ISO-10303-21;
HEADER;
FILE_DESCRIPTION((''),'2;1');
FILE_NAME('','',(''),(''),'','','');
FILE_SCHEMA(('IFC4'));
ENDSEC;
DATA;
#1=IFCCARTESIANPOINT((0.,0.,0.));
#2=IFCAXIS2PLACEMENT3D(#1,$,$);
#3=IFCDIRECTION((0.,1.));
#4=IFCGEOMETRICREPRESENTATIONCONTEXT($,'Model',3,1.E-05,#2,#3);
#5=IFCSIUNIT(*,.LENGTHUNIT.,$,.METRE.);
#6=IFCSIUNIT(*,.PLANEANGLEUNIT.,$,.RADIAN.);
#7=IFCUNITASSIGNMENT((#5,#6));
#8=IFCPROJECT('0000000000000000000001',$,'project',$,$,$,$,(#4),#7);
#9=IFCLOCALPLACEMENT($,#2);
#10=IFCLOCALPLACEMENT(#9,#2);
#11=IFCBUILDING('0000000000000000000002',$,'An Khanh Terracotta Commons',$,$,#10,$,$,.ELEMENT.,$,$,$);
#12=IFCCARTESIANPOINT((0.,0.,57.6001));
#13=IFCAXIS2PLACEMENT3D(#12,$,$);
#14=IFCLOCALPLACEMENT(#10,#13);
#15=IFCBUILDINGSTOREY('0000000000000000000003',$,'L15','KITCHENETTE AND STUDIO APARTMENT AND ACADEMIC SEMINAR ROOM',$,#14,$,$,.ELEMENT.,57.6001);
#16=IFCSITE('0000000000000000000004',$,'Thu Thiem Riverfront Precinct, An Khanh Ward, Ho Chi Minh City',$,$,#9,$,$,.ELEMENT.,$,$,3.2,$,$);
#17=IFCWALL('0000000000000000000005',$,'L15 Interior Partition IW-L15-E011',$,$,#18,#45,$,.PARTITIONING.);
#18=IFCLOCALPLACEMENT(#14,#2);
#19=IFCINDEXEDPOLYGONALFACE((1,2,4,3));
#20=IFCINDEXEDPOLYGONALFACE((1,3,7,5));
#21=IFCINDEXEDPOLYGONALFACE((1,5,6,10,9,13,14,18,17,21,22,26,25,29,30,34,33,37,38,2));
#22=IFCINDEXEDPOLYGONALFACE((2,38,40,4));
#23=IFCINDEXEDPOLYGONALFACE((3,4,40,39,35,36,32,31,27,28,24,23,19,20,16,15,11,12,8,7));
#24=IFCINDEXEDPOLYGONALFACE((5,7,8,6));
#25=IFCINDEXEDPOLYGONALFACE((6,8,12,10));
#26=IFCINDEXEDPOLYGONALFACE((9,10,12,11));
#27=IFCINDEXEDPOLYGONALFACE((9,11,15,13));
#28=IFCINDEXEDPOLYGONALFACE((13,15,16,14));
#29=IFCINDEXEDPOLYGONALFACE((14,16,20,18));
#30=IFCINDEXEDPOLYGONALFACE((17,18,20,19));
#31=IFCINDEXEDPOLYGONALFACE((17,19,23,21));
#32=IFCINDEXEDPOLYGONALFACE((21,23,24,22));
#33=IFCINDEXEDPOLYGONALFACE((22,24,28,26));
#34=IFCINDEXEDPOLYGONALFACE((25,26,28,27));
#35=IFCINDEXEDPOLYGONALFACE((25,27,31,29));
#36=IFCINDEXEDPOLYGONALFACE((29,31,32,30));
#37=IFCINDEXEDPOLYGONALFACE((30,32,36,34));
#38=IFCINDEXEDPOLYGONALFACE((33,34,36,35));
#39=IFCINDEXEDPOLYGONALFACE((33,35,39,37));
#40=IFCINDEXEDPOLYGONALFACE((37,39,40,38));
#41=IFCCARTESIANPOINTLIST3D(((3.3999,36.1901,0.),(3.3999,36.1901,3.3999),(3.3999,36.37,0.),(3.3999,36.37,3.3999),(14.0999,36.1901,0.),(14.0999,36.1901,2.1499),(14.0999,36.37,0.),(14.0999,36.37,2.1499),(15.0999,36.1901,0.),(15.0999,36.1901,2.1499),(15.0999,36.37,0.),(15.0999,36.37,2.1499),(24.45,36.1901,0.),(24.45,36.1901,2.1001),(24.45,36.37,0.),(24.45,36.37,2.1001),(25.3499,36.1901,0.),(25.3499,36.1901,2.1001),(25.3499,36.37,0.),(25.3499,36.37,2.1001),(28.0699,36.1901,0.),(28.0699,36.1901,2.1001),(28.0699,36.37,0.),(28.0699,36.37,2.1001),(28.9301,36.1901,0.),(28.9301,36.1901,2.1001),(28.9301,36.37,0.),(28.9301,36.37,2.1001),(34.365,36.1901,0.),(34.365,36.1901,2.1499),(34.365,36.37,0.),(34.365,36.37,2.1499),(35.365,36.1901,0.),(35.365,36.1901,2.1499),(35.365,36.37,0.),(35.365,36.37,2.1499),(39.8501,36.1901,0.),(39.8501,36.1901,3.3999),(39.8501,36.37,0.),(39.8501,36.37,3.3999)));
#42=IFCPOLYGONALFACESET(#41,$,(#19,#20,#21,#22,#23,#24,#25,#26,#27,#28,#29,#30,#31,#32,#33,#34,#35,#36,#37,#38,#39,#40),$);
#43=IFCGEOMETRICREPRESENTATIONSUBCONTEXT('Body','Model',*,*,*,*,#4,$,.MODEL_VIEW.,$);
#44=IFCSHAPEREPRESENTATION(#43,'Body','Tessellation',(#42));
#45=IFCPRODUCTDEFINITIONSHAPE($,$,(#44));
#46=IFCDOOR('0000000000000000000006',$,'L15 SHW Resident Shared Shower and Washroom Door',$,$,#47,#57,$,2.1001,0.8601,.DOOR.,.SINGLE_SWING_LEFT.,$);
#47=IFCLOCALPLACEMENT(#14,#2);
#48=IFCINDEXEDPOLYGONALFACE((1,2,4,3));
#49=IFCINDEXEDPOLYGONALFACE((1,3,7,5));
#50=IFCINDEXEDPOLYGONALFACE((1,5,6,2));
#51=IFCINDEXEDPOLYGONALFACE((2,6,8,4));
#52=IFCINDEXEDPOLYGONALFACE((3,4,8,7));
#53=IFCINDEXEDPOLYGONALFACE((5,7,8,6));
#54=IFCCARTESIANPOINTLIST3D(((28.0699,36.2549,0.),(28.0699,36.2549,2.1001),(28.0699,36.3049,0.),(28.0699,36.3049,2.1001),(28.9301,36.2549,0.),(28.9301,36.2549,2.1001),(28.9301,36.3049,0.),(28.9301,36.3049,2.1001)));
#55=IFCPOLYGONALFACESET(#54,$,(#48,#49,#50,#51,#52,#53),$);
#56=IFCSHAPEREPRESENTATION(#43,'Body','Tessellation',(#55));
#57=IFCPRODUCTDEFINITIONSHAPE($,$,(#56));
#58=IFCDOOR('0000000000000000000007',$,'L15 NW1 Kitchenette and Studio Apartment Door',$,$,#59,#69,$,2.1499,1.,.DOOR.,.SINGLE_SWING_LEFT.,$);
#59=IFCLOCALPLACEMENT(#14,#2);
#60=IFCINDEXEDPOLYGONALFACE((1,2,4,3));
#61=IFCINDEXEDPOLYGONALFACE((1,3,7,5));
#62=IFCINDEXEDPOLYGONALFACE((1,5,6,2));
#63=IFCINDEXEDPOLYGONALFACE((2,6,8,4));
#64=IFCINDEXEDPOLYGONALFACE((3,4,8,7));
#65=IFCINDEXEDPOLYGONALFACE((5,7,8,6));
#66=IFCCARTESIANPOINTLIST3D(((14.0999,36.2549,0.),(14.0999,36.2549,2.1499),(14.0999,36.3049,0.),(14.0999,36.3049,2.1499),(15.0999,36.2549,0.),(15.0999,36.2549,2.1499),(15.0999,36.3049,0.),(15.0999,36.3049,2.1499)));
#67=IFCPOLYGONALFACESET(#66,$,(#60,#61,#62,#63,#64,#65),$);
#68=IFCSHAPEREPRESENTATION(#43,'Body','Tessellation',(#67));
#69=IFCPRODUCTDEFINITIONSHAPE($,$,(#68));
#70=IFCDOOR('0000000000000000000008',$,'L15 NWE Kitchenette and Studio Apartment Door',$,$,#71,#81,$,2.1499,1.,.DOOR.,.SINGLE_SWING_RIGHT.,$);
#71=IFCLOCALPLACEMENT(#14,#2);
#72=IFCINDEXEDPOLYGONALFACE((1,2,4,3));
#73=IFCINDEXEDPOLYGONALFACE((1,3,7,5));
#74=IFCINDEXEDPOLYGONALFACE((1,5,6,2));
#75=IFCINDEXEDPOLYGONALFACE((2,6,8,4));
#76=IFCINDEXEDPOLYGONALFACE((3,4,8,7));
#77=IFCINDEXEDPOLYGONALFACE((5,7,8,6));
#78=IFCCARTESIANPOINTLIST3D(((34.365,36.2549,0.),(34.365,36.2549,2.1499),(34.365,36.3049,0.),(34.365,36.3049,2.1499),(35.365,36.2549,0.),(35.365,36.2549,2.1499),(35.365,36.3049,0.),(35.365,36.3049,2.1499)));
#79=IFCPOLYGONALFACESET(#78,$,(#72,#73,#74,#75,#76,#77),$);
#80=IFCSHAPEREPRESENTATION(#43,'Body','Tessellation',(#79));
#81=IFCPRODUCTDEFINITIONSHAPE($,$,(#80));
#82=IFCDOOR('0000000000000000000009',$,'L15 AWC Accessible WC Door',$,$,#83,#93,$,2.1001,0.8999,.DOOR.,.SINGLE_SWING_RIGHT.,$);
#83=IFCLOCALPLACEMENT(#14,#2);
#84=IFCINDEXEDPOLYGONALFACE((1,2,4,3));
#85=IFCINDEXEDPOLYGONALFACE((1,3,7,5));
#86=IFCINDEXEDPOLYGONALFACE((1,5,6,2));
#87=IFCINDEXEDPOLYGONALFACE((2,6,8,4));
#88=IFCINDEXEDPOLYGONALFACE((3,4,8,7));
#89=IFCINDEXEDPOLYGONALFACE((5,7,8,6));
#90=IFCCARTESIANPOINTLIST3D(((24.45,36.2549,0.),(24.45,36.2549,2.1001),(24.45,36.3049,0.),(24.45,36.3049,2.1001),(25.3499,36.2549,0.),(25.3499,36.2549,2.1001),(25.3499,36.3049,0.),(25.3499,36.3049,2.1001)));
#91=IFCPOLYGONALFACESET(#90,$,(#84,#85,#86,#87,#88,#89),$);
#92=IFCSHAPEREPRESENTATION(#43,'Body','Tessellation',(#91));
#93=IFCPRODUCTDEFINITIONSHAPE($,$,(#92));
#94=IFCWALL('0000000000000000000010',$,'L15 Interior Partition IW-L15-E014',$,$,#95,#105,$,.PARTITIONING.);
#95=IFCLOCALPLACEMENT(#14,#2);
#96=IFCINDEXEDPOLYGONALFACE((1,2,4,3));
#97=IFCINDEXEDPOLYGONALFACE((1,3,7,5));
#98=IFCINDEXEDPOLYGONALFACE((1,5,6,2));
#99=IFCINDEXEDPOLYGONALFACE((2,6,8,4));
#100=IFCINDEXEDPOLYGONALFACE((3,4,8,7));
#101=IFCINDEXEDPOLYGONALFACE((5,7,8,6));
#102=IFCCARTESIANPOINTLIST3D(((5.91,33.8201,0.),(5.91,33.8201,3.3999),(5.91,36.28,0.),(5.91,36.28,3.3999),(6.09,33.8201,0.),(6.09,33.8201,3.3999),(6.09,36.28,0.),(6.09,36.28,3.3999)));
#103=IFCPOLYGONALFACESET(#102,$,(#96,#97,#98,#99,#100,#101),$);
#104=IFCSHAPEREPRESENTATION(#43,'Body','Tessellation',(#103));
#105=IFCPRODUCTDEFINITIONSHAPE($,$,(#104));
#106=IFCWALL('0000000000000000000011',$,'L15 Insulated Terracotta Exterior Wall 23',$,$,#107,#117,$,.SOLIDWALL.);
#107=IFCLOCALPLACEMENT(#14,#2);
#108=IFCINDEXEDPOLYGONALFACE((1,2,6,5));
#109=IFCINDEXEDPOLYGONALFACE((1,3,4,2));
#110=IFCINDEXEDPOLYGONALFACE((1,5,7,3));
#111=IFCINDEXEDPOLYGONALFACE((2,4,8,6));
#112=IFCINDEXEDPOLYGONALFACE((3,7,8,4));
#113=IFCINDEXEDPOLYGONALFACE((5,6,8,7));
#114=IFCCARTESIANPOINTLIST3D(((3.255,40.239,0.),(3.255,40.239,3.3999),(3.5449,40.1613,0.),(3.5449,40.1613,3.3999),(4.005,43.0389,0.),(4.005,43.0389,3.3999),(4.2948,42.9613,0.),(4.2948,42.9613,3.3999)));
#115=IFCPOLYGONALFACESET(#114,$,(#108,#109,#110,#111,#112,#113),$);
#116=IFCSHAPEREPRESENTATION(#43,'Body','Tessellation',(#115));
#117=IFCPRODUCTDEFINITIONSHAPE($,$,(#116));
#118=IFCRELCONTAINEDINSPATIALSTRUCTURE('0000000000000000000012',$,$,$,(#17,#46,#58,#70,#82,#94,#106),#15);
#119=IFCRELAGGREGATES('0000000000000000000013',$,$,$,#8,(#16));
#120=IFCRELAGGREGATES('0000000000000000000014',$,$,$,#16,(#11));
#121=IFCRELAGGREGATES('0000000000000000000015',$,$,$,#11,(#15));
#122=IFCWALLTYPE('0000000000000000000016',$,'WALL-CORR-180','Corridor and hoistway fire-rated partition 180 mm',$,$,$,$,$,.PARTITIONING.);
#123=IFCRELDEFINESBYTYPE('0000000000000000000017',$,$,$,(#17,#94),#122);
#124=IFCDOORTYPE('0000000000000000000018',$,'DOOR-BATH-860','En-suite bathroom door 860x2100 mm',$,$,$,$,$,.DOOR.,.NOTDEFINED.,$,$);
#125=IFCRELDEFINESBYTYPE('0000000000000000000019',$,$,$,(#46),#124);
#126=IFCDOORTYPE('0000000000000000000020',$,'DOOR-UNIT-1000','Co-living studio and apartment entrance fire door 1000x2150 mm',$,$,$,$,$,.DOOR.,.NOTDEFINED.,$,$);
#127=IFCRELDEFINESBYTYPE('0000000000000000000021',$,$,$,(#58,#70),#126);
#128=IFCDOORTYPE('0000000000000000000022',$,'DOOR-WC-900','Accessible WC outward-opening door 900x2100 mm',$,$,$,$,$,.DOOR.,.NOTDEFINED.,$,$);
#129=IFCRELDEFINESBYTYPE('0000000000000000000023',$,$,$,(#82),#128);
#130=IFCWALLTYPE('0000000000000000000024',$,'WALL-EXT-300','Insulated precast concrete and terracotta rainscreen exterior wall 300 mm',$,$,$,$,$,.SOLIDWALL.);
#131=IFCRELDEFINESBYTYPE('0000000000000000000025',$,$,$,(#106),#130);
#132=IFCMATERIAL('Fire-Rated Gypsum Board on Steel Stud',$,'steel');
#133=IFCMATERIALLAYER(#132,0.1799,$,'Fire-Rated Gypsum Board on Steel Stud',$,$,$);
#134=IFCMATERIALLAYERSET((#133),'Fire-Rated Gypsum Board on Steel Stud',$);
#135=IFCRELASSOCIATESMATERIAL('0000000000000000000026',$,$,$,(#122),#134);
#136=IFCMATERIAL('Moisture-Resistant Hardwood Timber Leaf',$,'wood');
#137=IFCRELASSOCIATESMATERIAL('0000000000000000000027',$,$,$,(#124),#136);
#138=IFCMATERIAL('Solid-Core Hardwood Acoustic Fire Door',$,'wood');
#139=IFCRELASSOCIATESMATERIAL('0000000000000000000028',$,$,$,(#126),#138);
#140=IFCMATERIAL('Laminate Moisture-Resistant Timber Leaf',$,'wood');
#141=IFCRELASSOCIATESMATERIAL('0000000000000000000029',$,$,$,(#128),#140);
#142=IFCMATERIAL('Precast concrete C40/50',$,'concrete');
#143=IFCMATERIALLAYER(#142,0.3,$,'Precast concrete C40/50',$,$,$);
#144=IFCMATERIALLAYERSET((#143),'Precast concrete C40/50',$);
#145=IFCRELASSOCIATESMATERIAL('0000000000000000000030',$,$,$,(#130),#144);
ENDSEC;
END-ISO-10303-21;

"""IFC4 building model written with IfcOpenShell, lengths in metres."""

from ifc_helpers import new_model, si_unit, direction, frame, frame_2d, origin, place, context, subcontext, project, spatial, rectangle, extrude, material, layer, layer_set, type_object, element, fill, save


model = new_model("IFC4")

# Units and contexts
model_context = context("Model", 3, precision=1e-05, world=origin(), true_north=direction((0.0, 1.0)))
body_context = subcontext(model_context, "Body", "Model", "MODEL_VIEW")
ifc_project = project(units=[si_unit("LENGTHUNIT", "METRE"), si_unit("PLANEANGLEUNIT", "RADIAN")], contexts=[model_context])

# Site, building, storey
site_placement = place(None, origin())
site = spatial("IfcSite", under=ifc_project, at=site_placement, Name="Thu Thiem Riverfront Precinct, An Khanh Ward, Ho Chi Minh City", CompositionType="ELEMENT", RefElevation=3.2)
building_placement = place(site_placement, origin())
building = spatial("IfcBuilding", under=site, at=building_placement, Name="An Khanh Terracotta Commons", CompositionType="ELEMENT")
storey_placement = place(building_placement, frame((0.0, 0.0, 57.6001)))
storey = spatial("IfcBuildingStorey", under=building, at=storey_placement, Name="L15", Description="KITCHENETTE AND STUDIO APARTMENT AND ACADEMIC SEMINAR ROOM", CompositionType="ELEMENT", Elevation=57.6001)

# Wall, openings, doors
ifc_material_1 = material(Name="Fire-Rated Gypsum Board on Steel Stud", Category="steel")
ifc_layer_1 = layer(ifc_material_1, 0.1799, Name="Fire-Rated Gypsum Board on Steel Stud")
ifc_layer_set_1 = layer_set([ifc_layer_1], Name="Fire-Rated Gypsum Board on Steel Stud")
wall_type_1 = type_object("IfcWallType", Name="WALL-CORR-180", Description="Corridor and hoistway fire-rated partition 180 mm", PredefinedType="PARTITIONING", material=ifc_layer_set_1)
wall_1_placement = place(storey_placement, frame((3.3999, 36.28, 0.0), z_axis=(0.0, 0.0, 1.0), x_axis=(1.0, 0.0, 0.0)))
wall_1 = element("IfcWall", 1, at=wall_1_placement, inside=storey, type_object=wall_type_1, Name="L15 Interior Partition IW-L15-E011", PredefinedType="PARTITIONING", context=body_context, shape_type="SweptSolid", body=[
    extrude(rectangle(XDim=36.4502, YDim=0.1799, at=frame_2d((18.2251, 0.0))), origin(), (0.0, 0.0, 1.0), 3.3999),
])
opening_1_placement = place(wall_1_placement, frame((21.05, 0.0, 0.0)))
opening_1 = element("IfcOpeningElement", 2, at=opening_1_placement, cuts=wall_1, PredefinedType="OPENING", context=body_context, shape_type="SweptSolid", body=[
    extrude(rectangle(XDim=0.8999, YDim=2.1001, at=frame_2d((0.45, 1.05))), frame((0.0, 0.0999, 0.0), z_axis=(0.0, -1.0, 0.0), x_axis=(1.0, 0.0, 0.0)), (0.0, 0.0, 1.0), 0.2),
])
opening_2_placement = place(wall_1_placement, frame((24.6699, 0.0, 0.0)))
opening_2 = element("IfcOpeningElement", 3, at=opening_2_placement, cuts=wall_1, PredefinedType="OPENING", context=body_context, shape_type="SweptSolid", body=[
    extrude(rectangle(XDim=0.8601, YDim=2.1001, at=frame_2d((0.4302, 1.05))), frame((0.0, 0.0999, 0.0), z_axis=(0.0, -1.0, 0.0), x_axis=(1.0, 0.0, 0.0)), (0.0, 0.0, 1.0), 0.2),
])
opening_3_placement = place(wall_1_placement, frame((10.7, 0.0, 0.0)))
opening_3 = element("IfcOpeningElement", 4, at=opening_3_placement, cuts=wall_1, PredefinedType="OPENING", context=body_context, shape_type="SweptSolid", body=[
    extrude(rectangle(XDim=1.0, YDim=2.1499, at=frame_2d((0.5, 1.075))), frame((0.0, 0.0999, 0.0), z_axis=(0.0, -1.0, 0.0), x_axis=(1.0, 0.0, 0.0)), (0.0, 0.0, 1.0), 0.2),
])
opening_4_placement = place(wall_1_placement, frame((30.9651, 0.0, 0.0)))
opening_4 = element("IfcOpeningElement", 5, at=opening_4_placement, cuts=wall_1, PredefinedType="OPENING", context=body_context, shape_type="SweptSolid", body=[
    extrude(rectangle(XDim=1.0, YDim=2.1499, at=frame_2d((0.5, 1.075))), frame((0.0, 0.0999, 0.0), z_axis=(0.0, -1.0, 0.0), x_axis=(1.0, 0.0, 0.0)), (0.0, 0.0, 1.0), 0.2),
])
ifc_material_2 = material(Name="Moisture-Resistant Hardwood Timber Leaf", Category="wood")
door_type_1 = type_object("IfcDoorType", Name="DOOR-BATH-860", Description="En-suite bathroom door 860x2100 mm", OperationType="NOTDEFINED", PredefinedType="DOOR", material=ifc_material_2)
door_1_placement = place(opening_2_placement, origin())
door_1 = element("IfcDoor", 6, at=door_1_placement, inside=storey, type_object=door_type_1, Name="L15 SHW Resident Shared Shower and Washroom Door", OperationType="SINGLE_SWING_LEFT", OverallHeight=2.1001, OverallWidth=0.8601, PredefinedType="DOOR", context=body_context, shape_type="SweptSolid", body=[
    extrude(rectangle(XDim=0.8601, YDim=2.1001, at=frame_2d((0.4302, 1.05))), frame((0.0, 0.0249, 0.0), z_axis=(0.0, -1.0, 0.0), x_axis=(1.0, 0.0, 0.0)), (0.0, 0.0, 1.0), 0.05),
])
fill(opening_2, door_1)
ifc_material_3 = material(Name="Solid-Core Hardwood Acoustic Fire Door", Category="wood")
door_type_2 = type_object("IfcDoorType", Name="DOOR-UNIT-1000", Description="Co-living studio and apartment entrance fire door 1000x2150 mm", OperationType="NOTDEFINED", PredefinedType="DOOR", material=ifc_material_3)
door_2_placement = place(opening_3_placement, origin())
door_2 = element("IfcDoor", 7, at=door_2_placement, inside=storey, type_object=door_type_2, Name="L15 NW1 Kitchenette and Studio Apartment Door", OperationType="SINGLE_SWING_LEFT", OverallHeight=2.1499, OverallWidth=1.0, PredefinedType="DOOR", context=body_context, shape_type="SweptSolid", body=[
    extrude(rectangle(XDim=1.0, YDim=2.1499, at=frame_2d((0.5, 1.075))), frame((0.0, 0.0249, 0.0), z_axis=(0.0, -1.0, 0.0), x_axis=(1.0, 0.0, 0.0)), (0.0, 0.0, 1.0), 0.05),
])
fill(opening_3, door_2)
door_3_placement = place(opening_4_placement, origin())
door_3 = element("IfcDoor", 8, at=door_3_placement, inside=storey, type_object=door_type_2, Name="L15 NWE Kitchenette and Studio Apartment Door", OperationType="SINGLE_SWING_RIGHT", OverallHeight=2.1499, OverallWidth=1.0, PredefinedType="DOOR", context=body_context, shape_type="SweptSolid", body=[
    extrude(rectangle(XDim=1.0, YDim=2.1499, at=frame_2d((0.5, 1.075))), frame((0.0, 0.0249, 0.0), z_axis=(0.0, -1.0, 0.0), x_axis=(1.0, 0.0, 0.0)), (0.0, 0.0, 1.0), 0.05),
])
fill(opening_4, door_3)
ifc_material_4 = material(Name="Laminate Moisture-Resistant Timber Leaf", Category="wood")
door_type_3 = type_object("IfcDoorType", Name="DOOR-WC-900", Description="Accessible WC outward-opening door 900x2100 mm", OperationType="NOTDEFINED", PredefinedType="DOOR", material=ifc_material_4)
door_4_placement = place(opening_1_placement, origin())
door_4 = element("IfcDoor", 9, at=door_4_placement, inside=storey, type_object=door_type_3, Name="L15 AWC Accessible WC Door", OperationType="SINGLE_SWING_RIGHT", OverallHeight=2.1001, OverallWidth=0.8999, PredefinedType="DOOR", context=body_context, shape_type="SweptSolid", body=[
    extrude(rectangle(XDim=0.8999, YDim=2.1001, at=frame_2d((0.45, 1.05))), frame((0.0, 0.0249, 0.0), z_axis=(0.0, -1.0, 0.0), x_axis=(1.0, 0.0, 0.0)), (0.0, 0.0, 1.0), 0.05),
])
fill(opening_1, door_4)

# Walls
wall_2_placement = place(storey_placement, frame((6.0, 33.8201, 0.0), z_axis=(0.0, 0.0, 1.0), x_axis=(0.0, 1.0, 0.0)))
element("IfcWall", 10, at=wall_2_placement, inside=storey, type_object=wall_type_1, Name="L15 Interior Partition IW-L15-E014", PredefinedType="PARTITIONING", context=body_context, shape_type="SweptSolid", body=[
    extrude(rectangle(XDim=2.46, YDim=0.1799, at=frame_2d((1.23, 0.0))), origin(), (0.0, 0.0, 1.0), 3.3999),
])
ifc_material_5 = material(Name="Precast concrete C40/50", Category="concrete")
ifc_layer_2 = layer(ifc_material_5, 0.3, Name="Precast concrete C40/50")
ifc_layer_set_2 = layer_set([ifc_layer_2], Name="Precast concrete C40/50")
wall_type_2 = type_object("IfcWallType", Name="WALL-EXT-300", Description="Insulated precast concrete and terracotta rainscreen exterior wall 300 mm", PredefinedType="SOLIDWALL", material=ifc_layer_set_2)
wall_3_placement = place(storey_placement, frame((4.1499, 43.0, 0.0), z_axis=(0.0, 0.0, 1.0), x_axis=(-0.258732, -0.965949, 0.0)))
element("IfcWall", 11, at=wall_3_placement, inside=storey, type_object=wall_type_2, Name="L15 Insulated Terracotta Exterior Wall 23", PredefinedType="SOLIDWALL", context=body_context, shape_type="SweptSolid", body=[
    extrude(rectangle(XDim=2.8987, YDim=0.3, at=frame_2d((1.4492, 0.0))), origin(), (0.0, 0.0, 1.0), 3.3999),
])

save(model, "model.ifc")
